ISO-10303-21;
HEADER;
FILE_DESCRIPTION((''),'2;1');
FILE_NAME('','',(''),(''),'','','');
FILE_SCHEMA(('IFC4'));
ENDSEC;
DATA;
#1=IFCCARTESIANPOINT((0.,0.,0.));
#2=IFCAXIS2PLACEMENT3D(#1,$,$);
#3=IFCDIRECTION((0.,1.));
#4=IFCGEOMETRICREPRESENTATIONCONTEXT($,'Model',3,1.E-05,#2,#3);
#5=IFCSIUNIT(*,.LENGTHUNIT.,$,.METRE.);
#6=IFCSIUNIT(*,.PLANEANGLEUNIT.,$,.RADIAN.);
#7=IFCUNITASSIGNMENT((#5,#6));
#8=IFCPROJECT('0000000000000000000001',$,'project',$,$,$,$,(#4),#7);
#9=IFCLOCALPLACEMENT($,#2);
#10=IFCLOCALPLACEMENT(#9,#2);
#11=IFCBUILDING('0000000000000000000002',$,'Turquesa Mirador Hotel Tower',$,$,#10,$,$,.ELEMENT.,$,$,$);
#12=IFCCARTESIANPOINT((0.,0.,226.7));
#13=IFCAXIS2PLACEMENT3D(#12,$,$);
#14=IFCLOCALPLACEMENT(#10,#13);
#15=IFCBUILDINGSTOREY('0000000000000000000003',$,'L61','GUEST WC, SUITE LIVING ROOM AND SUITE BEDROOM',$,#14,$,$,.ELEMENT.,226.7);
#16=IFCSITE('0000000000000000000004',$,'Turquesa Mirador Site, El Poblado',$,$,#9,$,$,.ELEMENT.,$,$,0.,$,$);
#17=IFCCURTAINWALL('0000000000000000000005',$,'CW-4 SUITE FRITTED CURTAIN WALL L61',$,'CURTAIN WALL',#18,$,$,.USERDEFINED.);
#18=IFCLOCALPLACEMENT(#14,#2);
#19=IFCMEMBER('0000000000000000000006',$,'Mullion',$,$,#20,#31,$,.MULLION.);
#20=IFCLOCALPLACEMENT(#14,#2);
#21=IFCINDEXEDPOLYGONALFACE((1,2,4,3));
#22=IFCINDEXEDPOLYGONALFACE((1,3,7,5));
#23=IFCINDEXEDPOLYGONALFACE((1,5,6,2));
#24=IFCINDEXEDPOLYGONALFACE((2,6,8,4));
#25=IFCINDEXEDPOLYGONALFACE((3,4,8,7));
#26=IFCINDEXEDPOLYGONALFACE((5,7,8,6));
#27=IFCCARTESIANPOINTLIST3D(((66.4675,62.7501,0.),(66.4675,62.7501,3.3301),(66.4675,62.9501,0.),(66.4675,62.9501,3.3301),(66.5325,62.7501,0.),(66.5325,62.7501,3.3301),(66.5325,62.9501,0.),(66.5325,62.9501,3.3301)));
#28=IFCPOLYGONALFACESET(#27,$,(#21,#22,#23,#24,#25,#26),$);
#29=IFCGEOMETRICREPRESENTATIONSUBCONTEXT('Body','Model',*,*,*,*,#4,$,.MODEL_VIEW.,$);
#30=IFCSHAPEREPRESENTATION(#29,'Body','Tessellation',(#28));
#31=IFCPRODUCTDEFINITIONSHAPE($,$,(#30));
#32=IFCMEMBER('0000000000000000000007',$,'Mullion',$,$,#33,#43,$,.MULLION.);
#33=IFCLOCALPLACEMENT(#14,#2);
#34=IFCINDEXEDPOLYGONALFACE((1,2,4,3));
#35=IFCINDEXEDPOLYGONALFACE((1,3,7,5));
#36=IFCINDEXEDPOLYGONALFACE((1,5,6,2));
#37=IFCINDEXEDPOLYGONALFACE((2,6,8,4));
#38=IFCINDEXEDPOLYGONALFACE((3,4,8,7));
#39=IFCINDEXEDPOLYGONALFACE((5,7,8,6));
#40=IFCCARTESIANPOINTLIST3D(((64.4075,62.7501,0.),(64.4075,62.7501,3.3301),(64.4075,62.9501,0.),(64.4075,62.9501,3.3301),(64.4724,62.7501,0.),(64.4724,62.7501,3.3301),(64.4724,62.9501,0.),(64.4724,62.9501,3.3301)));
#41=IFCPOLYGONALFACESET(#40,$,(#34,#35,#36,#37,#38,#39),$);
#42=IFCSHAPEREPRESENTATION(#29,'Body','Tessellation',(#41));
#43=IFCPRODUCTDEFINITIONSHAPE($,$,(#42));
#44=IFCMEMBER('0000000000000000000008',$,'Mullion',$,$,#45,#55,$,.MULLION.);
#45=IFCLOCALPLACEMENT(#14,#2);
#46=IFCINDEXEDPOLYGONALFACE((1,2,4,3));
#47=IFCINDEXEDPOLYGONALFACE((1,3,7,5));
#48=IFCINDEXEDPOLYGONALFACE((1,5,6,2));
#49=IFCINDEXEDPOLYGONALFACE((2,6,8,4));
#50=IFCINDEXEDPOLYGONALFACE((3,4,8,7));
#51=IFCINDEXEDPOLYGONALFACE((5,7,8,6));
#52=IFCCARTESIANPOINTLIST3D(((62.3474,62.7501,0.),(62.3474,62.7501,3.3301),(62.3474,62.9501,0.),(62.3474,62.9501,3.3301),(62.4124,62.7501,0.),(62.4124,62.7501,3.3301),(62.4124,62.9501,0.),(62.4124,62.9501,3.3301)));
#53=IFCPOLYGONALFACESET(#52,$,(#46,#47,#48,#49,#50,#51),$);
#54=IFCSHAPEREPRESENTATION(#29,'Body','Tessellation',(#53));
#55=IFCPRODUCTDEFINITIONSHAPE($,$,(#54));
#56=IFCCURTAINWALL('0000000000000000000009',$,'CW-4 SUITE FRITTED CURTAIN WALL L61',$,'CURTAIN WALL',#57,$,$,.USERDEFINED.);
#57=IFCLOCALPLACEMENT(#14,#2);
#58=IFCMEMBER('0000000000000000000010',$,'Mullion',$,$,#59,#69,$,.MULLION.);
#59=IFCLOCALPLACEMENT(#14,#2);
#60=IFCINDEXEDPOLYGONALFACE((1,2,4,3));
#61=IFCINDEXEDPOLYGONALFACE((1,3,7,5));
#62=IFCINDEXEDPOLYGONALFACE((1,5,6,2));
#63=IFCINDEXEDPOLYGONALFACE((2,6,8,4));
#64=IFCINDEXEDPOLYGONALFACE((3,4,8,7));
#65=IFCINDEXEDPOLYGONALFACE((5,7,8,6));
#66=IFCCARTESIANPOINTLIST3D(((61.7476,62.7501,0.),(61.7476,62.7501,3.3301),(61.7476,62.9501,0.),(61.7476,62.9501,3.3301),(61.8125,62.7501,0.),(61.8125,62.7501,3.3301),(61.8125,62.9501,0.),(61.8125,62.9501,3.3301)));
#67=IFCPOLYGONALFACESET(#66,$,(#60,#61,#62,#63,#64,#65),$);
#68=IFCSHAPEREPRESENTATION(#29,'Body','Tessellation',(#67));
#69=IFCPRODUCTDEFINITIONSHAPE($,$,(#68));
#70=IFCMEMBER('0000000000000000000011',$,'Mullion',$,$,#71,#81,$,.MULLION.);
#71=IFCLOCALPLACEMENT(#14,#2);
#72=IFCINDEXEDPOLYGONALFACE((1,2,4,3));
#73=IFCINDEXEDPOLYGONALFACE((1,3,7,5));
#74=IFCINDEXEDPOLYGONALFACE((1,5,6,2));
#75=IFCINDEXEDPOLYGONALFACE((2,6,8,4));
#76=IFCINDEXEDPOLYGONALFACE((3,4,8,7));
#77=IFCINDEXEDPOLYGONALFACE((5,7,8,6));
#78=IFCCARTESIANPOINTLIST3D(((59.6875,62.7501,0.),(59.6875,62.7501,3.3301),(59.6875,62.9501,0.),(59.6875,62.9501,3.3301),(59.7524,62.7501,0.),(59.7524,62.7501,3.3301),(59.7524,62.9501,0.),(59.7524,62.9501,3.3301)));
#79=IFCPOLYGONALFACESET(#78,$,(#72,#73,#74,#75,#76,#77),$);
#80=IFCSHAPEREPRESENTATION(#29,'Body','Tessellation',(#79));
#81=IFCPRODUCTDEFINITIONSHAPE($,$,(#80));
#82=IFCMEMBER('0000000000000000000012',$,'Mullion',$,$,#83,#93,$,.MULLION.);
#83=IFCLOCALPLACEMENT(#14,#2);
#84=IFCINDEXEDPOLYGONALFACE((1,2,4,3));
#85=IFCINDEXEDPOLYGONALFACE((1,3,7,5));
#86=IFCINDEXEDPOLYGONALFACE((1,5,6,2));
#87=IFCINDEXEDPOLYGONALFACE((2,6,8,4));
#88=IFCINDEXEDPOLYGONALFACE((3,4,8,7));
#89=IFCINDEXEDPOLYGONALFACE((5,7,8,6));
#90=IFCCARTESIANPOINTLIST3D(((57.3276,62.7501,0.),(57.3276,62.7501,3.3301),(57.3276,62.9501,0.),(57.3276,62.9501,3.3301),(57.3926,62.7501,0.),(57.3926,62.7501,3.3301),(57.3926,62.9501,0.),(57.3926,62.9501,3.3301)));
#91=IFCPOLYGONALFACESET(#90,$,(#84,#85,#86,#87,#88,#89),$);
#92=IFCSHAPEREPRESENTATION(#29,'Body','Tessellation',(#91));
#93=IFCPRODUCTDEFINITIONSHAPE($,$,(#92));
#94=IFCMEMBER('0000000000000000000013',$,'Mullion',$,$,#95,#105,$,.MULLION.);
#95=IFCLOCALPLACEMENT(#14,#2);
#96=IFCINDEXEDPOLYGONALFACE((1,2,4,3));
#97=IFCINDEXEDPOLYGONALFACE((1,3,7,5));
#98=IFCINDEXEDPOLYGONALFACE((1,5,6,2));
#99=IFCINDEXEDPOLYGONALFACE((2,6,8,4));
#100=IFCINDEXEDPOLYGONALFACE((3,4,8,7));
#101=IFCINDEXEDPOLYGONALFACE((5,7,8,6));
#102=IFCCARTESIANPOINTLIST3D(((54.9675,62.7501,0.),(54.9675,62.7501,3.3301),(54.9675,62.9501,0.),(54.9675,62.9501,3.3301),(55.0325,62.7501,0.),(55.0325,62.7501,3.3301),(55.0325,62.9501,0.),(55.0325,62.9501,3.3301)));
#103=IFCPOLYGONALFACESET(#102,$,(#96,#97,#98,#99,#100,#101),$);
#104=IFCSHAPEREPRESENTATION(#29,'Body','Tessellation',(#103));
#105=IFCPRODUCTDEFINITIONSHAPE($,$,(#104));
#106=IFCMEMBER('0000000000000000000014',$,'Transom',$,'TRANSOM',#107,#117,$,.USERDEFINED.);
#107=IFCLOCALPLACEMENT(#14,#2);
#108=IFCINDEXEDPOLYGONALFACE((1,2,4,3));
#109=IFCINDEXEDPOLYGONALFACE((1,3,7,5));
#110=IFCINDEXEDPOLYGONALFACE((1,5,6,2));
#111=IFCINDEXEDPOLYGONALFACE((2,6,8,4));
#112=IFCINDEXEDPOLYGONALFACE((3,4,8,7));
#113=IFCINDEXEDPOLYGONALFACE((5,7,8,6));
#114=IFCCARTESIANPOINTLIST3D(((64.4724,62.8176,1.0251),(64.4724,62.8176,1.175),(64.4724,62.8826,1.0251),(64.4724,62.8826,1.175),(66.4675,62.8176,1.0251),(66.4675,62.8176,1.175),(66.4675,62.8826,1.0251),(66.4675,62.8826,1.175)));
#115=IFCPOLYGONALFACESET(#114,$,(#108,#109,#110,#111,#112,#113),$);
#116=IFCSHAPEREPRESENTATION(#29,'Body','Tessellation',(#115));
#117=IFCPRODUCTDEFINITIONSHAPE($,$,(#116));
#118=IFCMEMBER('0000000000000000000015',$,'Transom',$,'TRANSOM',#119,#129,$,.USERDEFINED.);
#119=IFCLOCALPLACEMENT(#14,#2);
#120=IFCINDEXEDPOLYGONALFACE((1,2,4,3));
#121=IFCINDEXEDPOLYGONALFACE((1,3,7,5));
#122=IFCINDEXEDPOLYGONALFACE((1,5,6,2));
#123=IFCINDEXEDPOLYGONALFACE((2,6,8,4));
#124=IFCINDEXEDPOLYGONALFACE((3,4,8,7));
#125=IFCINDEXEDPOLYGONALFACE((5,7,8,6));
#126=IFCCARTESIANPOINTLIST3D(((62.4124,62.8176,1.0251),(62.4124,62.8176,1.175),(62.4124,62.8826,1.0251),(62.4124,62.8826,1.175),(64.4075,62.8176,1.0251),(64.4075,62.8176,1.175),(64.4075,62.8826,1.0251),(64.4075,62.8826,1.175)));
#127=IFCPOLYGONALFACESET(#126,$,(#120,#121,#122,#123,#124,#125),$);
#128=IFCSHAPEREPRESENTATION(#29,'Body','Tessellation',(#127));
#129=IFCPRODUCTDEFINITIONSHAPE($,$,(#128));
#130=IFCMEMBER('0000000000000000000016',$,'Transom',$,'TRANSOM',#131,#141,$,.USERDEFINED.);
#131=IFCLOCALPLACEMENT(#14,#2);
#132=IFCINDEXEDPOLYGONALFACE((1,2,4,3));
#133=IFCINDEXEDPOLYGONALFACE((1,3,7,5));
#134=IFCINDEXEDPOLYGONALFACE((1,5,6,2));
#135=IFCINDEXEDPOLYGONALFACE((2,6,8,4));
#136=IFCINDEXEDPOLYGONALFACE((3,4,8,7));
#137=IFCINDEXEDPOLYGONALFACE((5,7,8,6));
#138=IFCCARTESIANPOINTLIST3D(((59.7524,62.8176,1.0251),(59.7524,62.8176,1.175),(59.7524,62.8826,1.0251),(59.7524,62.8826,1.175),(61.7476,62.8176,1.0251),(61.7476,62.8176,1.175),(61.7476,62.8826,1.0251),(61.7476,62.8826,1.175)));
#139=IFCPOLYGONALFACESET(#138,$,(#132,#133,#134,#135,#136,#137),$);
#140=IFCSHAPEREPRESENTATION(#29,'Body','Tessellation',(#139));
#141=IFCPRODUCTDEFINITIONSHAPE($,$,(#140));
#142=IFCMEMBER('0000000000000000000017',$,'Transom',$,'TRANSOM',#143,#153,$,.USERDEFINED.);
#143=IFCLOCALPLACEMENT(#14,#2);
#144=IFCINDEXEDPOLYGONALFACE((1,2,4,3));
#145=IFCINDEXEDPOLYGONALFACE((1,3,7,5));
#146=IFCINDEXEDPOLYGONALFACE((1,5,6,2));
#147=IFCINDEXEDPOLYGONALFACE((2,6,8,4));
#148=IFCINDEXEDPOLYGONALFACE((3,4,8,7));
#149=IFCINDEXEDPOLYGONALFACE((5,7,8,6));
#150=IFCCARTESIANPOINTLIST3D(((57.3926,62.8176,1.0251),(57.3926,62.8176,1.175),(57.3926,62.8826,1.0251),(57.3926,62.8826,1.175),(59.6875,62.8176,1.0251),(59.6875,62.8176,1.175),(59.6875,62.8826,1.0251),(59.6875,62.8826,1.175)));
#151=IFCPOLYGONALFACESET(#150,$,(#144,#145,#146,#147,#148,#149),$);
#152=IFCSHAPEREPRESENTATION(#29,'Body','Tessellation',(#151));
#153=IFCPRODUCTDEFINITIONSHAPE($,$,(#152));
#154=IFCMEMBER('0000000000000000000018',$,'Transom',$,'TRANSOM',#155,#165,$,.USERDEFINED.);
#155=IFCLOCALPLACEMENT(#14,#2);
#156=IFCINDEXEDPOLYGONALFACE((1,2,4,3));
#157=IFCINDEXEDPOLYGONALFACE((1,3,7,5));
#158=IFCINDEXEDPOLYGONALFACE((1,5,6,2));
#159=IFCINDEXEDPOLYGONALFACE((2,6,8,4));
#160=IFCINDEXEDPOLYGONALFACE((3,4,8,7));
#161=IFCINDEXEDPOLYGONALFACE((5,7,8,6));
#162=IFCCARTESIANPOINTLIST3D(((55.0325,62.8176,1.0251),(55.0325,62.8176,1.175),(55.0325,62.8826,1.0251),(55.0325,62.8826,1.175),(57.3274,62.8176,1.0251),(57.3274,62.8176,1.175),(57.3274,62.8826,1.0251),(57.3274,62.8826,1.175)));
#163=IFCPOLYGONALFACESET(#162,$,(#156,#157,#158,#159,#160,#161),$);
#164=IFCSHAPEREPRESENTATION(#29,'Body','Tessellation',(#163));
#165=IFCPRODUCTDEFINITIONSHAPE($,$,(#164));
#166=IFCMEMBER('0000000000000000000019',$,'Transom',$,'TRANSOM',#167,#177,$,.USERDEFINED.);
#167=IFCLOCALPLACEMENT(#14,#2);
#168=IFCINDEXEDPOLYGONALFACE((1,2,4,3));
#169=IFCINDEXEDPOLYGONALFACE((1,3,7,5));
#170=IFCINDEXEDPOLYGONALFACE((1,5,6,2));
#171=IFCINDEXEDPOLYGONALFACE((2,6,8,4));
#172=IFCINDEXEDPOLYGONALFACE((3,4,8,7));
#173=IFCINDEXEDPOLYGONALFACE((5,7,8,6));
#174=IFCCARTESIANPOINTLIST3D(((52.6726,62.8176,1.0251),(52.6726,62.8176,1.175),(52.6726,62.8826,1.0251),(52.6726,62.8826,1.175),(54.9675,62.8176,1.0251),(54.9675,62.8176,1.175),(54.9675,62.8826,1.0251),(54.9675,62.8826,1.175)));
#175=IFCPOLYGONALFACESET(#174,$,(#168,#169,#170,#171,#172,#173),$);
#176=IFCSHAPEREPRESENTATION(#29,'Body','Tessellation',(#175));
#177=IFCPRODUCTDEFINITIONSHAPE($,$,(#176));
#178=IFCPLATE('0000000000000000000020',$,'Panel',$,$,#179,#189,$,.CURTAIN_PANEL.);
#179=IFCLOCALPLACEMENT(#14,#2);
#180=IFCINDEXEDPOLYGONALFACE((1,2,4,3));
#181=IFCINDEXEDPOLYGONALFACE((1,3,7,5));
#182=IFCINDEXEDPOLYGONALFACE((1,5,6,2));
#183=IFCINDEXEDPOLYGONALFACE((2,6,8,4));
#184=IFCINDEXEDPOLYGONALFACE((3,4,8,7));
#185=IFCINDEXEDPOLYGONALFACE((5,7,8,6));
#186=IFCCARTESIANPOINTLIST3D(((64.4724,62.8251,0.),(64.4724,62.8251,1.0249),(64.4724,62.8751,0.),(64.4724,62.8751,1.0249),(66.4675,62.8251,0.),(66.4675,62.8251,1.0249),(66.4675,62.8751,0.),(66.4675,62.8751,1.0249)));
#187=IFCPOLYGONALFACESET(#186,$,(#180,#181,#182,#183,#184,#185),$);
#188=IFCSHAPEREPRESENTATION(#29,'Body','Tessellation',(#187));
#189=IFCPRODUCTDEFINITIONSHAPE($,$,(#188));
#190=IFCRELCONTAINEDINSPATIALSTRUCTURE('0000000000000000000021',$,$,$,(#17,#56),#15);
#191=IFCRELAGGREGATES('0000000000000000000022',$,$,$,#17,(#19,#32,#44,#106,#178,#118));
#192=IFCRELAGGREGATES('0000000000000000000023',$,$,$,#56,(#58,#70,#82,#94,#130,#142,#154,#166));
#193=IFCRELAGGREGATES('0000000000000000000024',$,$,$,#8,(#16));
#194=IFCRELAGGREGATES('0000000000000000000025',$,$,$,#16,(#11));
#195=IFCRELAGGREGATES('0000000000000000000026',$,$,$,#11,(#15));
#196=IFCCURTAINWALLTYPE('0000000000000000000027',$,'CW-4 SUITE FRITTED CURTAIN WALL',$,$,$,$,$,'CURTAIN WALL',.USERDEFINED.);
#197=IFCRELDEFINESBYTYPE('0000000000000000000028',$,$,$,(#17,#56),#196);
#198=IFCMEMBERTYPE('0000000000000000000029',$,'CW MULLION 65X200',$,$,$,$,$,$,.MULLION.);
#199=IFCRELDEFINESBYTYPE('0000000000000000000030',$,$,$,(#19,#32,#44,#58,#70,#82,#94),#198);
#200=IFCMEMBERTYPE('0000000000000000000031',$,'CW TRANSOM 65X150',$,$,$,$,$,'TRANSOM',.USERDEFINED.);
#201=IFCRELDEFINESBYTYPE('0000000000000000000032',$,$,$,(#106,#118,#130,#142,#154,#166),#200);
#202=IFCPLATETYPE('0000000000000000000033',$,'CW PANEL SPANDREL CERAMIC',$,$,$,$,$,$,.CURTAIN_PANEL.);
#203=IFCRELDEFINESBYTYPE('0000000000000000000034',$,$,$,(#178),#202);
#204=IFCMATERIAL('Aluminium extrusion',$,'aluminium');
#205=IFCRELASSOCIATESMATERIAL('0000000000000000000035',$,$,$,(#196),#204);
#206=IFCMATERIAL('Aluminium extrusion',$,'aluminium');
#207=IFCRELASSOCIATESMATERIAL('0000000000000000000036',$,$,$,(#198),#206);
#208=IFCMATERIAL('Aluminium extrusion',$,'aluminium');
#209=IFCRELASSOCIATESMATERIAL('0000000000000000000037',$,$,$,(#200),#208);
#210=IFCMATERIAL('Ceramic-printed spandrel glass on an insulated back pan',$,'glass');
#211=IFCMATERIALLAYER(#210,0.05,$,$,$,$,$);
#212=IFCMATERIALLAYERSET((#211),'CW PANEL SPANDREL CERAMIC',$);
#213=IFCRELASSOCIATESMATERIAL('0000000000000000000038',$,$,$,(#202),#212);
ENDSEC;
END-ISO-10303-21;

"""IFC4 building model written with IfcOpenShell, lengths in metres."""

from ifc_helpers import new_model, si_unit, direction, frame, origin, origin_2d, place, context, subcontext, project, spatial, rectangle, extrude, material, layer, layer_set, material_profile, profile_set, type_object, element, aggregate, save


model = new_model("IFC4")

# Units and contexts
model_context = context("Model", 3, precision=1e-05, world=origin(), true_north=direction((0.0, 1.0)))
body_context = subcontext(model_context, "Body", "Model", "MODEL_VIEW")
ifc_project = project(units=[si_unit("LENGTHUNIT", "METRE"), si_unit("PLANEANGLEUNIT", "RADIAN")], contexts=[model_context])

# Site, building, storey
site_placement = place(None, origin())
site = spatial("IfcSite", under=ifc_project, at=site_placement, Name="Turquesa Mirador Site, El Poblado", CompositionType="ELEMENT", RefElevation=0.0)
building_placement = place(site_placement, origin())
building = spatial("IfcBuilding", under=site, at=building_placement, Name="Turquesa Mirador Hotel Tower", CompositionType="ELEMENT")
storey_placement = place(building_placement, frame((0.0, 0.0, 226.7)))
storey = spatial("IfcBuildingStorey", under=building, at=storey_placement, Name="L61", Description="GUEST WC, SUITE LIVING ROOM AND SUITE BEDROOM", CompositionType="ELEMENT", Elevation=226.7)

# Shared definitions
ifc_material_1 = material(Name="Aluminium extrusion", Category="aluminium")
curtain_wall_type = type_object("IfcCurtainWallType", Name="CW-4 SUITE FRITTED CURTAIN WALL", ElementType="CURTAIN WALL", PredefinedType="USERDEFINED", material=ifc_material_1)
ifc_material_2 = material(Name="Aluminium extrusion", Category="aluminium")
ifc_material_profile_1 = material_profile(ifc_material_2, rectangle(XDim=0.0649, YDim=0.2, at=origin_2d()), Name="MULLION 65X200")
ifc_profile_set_1 = profile_set([ifc_material_profile_1], Name="Aluminium extrusion")
member_type_1 = type_object("IfcMemberType", Name="CW MULLION 65X200", PredefinedType="MULLION", material=ifc_profile_set_1)

# Curtain walls, members
curtain_wall_1_placement = place(storey_placement, origin())
curtain_wall_1 = element("IfcCurtainWall", 1, at=curtain_wall_1_placement, inside=storey, type_object=curtain_wall_type, Name="CW-4 SUITE FRITTED CURTAIN WALL L61", ObjectType="CURTAIN WALL", PredefinedType="USERDEFINED")
member_1_placement = place(storey_placement, frame((66.5, 62.8501, 0.0), z_axis=(0.0, 0.0, 1.0), x_axis=(-1.0, 0.0, 0.0)))
member_1 = element("IfcMember", 2, at=member_1_placement, type_object=member_type_1, Name="Mullion", PredefinedType="MULLION", context=body_context, shape_type="SweptSolid", body=[
    extrude(rectangle(XDim=0.0649, YDim=0.2, at=origin_2d()), origin(), (0.0, 0.0, 1.0), 3.3301),
])
member_2_placement = place(storey_placement, frame((64.4399, 62.8501, 0.0), z_axis=(0.0, 0.0, 1.0), x_axis=(-1.0, 0.0, 0.0)))
member_2 = element("IfcMember", 3, at=member_2_placement, type_object=member_type_1, Name="Mullion", PredefinedType="MULLION", context=body_context, shape_type="SweptSolid", body=[
    extrude(rectangle(XDim=0.0649, YDim=0.2, at=origin_2d()), origin(), (0.0, 0.0, 1.0), 3.3301),
])
member_3_placement = place(storey_placement, frame((62.3799, 62.8501, 0.0), z_axis=(0.0, 0.0, 1.0), x_axis=(-1.0, 0.0, 0.0)))
member_3 = element("IfcMember", 4, at=member_3_placement, type_object=member_type_1, Name="Mullion", PredefinedType="MULLION", context=body_context, shape_type="SweptSolid", body=[
    extrude(rectangle(XDim=0.0649, YDim=0.2, at=origin_2d()), origin(), (0.0, 0.0, 1.0), 3.3301),
])
curtain_wall_2_placement = place(storey_placement, origin())
curtain_wall_2 = element("IfcCurtainWall", 5, at=curtain_wall_2_placement, inside=storey, type_object=curtain_wall_type, Name="CW-4 SUITE FRITTED CURTAIN WALL L61", ObjectType="CURTAIN WALL", PredefinedType="USERDEFINED")
member_4_placement = place(storey_placement, frame((61.78, 62.8501, 0.0), z_axis=(0.0, 0.0, 1.0), x_axis=(-1.0, 0.0, 0.0)))
member_4 = element("IfcMember", 6, at=member_4_placement, type_object=member_type_1, Name="Mullion", PredefinedType="MULLION", context=body_context, shape_type="SweptSolid", body=[
    extrude(rectangle(XDim=0.0649, YDim=0.2, at=origin_2d()), origin(), (0.0, 0.0, 1.0), 3.3301),
])
member_5_placement = place(storey_placement, frame((59.72, 62.8501, 0.0), z_axis=(0.0, 0.0, 1.0), x_axis=(-1.0, 0.0, 0.0)))
member_5 = element("IfcMember", 7, at=member_5_placement, type_object=member_type_1, Name="Mullion", PredefinedType="MULLION", context=body_context, shape_type="SweptSolid", body=[
    extrude(rectangle(XDim=0.0649, YDim=0.2, at=origin_2d()), origin(), (0.0, 0.0, 1.0), 3.3301),
])
member_6_placement = place(storey_placement, frame((57.3601, 62.8501, 0.0), z_axis=(0.0, 0.0, 1.0), x_axis=(-1.0, 0.0, 0.0)))
member_6 = element("IfcMember", 8, at=member_6_placement, type_object=member_type_1, Name="Mullion", PredefinedType="MULLION", context=body_context, shape_type="SweptSolid", body=[
    extrude(rectangle(XDim=0.0649, YDim=0.2, at=origin_2d()), origin(), (0.0, 0.0, 1.0), 3.3301),
])
member_7_placement = place(storey_placement, frame((55.0, 62.8501, 0.0), z_axis=(0.0, 0.0, 1.0), x_axis=(-1.0, 0.0, 0.0)))
member_7 = element("IfcMember", 9, at=member_7_placement, type_object=member_type_1, Name="Mullion", PredefinedType="MULLION", context=body_context, shape_type="SweptSolid", body=[
    extrude(rectangle(XDim=0.0649, YDim=0.2, at=origin_2d()), origin(), (0.0, 0.0, 1.0), 3.3301),
])

# Members
ifc_material_3 = material(Name="Aluminium extrusion", Category="aluminium")
ifc_material_profile_2 = material_profile(ifc_material_3, rectangle(XDim=0.0649, YDim=0.1499, at=origin_2d()), Name="TRANSOM 65X150")
ifc_profile_set_2 = profile_set([ifc_material_profile_2], Name="Aluminium extrusion")
member_type_2 = type_object("IfcMemberType", Name="CW TRANSOM 65X150", ElementType="TRANSOM", PredefinedType="USERDEFINED", material=ifc_profile_set_2)
member_8_placement = place(storey_placement, frame((66.4675, 62.8501, 1.1001), z_axis=(-1.0, 0.0, 0.0), x_axis=(0.0, -1.0, 0.0)))
member_8 = element("IfcMember", 10, at=member_8_placement, type_object=member_type_2, Name="Transom", ObjectType="TRANSOM", PredefinedType="USERDEFINED", context=body_context, shape_type="SweptSolid", body=[
    extrude(rectangle(XDim=0.0649, YDim=0.1499, at=origin_2d()), origin(), (0.0, 0.0, 1.0), 1.9951),
])
member_9_placement = place(storey_placement, frame((64.4075, 62.8501, 1.1001), z_axis=(-1.0, 0.0, 0.0), x_axis=(0.0, -1.0, 0.0)))
member_9 = element("IfcMember", 11, at=member_9_placement, type_object=member_type_2, Name="Transom", ObjectType="TRANSOM", PredefinedType="USERDEFINED", context=body_context, shape_type="SweptSolid", body=[
    extrude(rectangle(XDim=0.0649, YDim=0.1499, at=origin_2d()), origin(), (0.0, 0.0, 1.0), 1.9951),
])
member_10_placement = place(storey_placement, frame((61.7476, 62.8501, 1.1001), z_axis=(-1.0, 0.0, 0.0), x_axis=(0.0, -1.0, 0.0)))
member_10 = element("IfcMember", 12, at=member_10_placement, type_object=member_type_2, Name="Transom", ObjectType="TRANSOM", PredefinedType="USERDEFINED", context=body_context, shape_type="SweptSolid", body=[
    extrude(rectangle(XDim=0.0649, YDim=0.1499, at=origin_2d()), origin(), (0.0, 0.0, 1.0), 1.9951),
])
member_11_placement = place(storey_placement, frame((59.6875, 62.8501, 1.1001), z_axis=(-1.0, 0.0, 0.0), x_axis=(0.0, -1.0, 0.0)))
member_11 = element("IfcMember", 13, at=member_11_placement, type_object=member_type_2, Name="Transom", ObjectType="TRANSOM", PredefinedType="USERDEFINED", context=body_context, shape_type="SweptSolid", body=[
    extrude(rectangle(XDim=0.0649, YDim=0.1499, at=origin_2d()), origin(), (0.0, 0.0, 1.0), 2.2949),
])
member_12_placement = place(storey_placement, frame((57.3274, 62.8501, 1.1001), z_axis=(-1.0, 0.0, 0.0), x_axis=(0.0, -1.0, 0.0)))
member_12 = element("IfcMember", 14, at=member_12_placement, type_object=member_type_2, Name="Transom", ObjectType="TRANSOM", PredefinedType="USERDEFINED", context=body_context, shape_type="SweptSolid", body=[
    extrude(rectangle(XDim=0.0649, YDim=0.1499, at=origin_2d()), origin(), (0.0, 0.0, 1.0), 2.2949),
])
member_13_placement = place(storey_placement, frame((54.9675, 62.8501, 1.1001), z_axis=(-1.0, 0.0, 0.0), x_axis=(0.0, -1.0, 0.0)))
member_13 = element("IfcMember", 15, at=member_13_placement, type_object=member_type_2, Name="Transom", ObjectType="TRANSOM", PredefinedType="USERDEFINED", context=body_context, shape_type="SweptSolid", body=[
    extrude(rectangle(XDim=0.0649, YDim=0.1499, at=origin_2d()), origin(), (0.0, 0.0, 1.0), 2.2949),
])

# Plate
ifc_material_4 = material(Name="Ceramic-printed spandrel glass on an insulated back pan", Category="glass")
ifc_layer_1 = layer(ifc_material_4, 0.05)
ifc_layer_set_1 = layer_set([ifc_layer_1], Name="CW PANEL SPANDREL CERAMIC")
plate_type_1 = type_object("IfcPlateType", Name="CW PANEL SPANDREL CERAMIC", PredefinedType="CURTAIN_PANEL", material=ifc_layer_set_1)
plate_1_placement = place(storey_placement, frame((65.47, 62.8501, 0.0), z_axis=(0.0, 0.0, 1.0), x_axis=(-1.0, 0.0, 0.0)))
plate_1 = element("IfcPlate", 16, at=plate_1_placement, type_object=plate_type_1, Name="Panel", PredefinedType="CURTAIN_PANEL", context=body_context, shape_type="SweptSolid", body=[
    extrude(rectangle(XDim=1.9951, YDim=0.05, at=origin_2d()), origin(), (0.0, 0.0, 1.0), 1.0249),
])
aggregate(curtain_wall_1, [member_1, member_2, member_3, member_8, plate_1, member_9])
aggregate(curtain_wall_2, [member_4, member_5, member_6, member_7, member_10, member_11, member_12, member_13])

save(model, "model.ifc")
